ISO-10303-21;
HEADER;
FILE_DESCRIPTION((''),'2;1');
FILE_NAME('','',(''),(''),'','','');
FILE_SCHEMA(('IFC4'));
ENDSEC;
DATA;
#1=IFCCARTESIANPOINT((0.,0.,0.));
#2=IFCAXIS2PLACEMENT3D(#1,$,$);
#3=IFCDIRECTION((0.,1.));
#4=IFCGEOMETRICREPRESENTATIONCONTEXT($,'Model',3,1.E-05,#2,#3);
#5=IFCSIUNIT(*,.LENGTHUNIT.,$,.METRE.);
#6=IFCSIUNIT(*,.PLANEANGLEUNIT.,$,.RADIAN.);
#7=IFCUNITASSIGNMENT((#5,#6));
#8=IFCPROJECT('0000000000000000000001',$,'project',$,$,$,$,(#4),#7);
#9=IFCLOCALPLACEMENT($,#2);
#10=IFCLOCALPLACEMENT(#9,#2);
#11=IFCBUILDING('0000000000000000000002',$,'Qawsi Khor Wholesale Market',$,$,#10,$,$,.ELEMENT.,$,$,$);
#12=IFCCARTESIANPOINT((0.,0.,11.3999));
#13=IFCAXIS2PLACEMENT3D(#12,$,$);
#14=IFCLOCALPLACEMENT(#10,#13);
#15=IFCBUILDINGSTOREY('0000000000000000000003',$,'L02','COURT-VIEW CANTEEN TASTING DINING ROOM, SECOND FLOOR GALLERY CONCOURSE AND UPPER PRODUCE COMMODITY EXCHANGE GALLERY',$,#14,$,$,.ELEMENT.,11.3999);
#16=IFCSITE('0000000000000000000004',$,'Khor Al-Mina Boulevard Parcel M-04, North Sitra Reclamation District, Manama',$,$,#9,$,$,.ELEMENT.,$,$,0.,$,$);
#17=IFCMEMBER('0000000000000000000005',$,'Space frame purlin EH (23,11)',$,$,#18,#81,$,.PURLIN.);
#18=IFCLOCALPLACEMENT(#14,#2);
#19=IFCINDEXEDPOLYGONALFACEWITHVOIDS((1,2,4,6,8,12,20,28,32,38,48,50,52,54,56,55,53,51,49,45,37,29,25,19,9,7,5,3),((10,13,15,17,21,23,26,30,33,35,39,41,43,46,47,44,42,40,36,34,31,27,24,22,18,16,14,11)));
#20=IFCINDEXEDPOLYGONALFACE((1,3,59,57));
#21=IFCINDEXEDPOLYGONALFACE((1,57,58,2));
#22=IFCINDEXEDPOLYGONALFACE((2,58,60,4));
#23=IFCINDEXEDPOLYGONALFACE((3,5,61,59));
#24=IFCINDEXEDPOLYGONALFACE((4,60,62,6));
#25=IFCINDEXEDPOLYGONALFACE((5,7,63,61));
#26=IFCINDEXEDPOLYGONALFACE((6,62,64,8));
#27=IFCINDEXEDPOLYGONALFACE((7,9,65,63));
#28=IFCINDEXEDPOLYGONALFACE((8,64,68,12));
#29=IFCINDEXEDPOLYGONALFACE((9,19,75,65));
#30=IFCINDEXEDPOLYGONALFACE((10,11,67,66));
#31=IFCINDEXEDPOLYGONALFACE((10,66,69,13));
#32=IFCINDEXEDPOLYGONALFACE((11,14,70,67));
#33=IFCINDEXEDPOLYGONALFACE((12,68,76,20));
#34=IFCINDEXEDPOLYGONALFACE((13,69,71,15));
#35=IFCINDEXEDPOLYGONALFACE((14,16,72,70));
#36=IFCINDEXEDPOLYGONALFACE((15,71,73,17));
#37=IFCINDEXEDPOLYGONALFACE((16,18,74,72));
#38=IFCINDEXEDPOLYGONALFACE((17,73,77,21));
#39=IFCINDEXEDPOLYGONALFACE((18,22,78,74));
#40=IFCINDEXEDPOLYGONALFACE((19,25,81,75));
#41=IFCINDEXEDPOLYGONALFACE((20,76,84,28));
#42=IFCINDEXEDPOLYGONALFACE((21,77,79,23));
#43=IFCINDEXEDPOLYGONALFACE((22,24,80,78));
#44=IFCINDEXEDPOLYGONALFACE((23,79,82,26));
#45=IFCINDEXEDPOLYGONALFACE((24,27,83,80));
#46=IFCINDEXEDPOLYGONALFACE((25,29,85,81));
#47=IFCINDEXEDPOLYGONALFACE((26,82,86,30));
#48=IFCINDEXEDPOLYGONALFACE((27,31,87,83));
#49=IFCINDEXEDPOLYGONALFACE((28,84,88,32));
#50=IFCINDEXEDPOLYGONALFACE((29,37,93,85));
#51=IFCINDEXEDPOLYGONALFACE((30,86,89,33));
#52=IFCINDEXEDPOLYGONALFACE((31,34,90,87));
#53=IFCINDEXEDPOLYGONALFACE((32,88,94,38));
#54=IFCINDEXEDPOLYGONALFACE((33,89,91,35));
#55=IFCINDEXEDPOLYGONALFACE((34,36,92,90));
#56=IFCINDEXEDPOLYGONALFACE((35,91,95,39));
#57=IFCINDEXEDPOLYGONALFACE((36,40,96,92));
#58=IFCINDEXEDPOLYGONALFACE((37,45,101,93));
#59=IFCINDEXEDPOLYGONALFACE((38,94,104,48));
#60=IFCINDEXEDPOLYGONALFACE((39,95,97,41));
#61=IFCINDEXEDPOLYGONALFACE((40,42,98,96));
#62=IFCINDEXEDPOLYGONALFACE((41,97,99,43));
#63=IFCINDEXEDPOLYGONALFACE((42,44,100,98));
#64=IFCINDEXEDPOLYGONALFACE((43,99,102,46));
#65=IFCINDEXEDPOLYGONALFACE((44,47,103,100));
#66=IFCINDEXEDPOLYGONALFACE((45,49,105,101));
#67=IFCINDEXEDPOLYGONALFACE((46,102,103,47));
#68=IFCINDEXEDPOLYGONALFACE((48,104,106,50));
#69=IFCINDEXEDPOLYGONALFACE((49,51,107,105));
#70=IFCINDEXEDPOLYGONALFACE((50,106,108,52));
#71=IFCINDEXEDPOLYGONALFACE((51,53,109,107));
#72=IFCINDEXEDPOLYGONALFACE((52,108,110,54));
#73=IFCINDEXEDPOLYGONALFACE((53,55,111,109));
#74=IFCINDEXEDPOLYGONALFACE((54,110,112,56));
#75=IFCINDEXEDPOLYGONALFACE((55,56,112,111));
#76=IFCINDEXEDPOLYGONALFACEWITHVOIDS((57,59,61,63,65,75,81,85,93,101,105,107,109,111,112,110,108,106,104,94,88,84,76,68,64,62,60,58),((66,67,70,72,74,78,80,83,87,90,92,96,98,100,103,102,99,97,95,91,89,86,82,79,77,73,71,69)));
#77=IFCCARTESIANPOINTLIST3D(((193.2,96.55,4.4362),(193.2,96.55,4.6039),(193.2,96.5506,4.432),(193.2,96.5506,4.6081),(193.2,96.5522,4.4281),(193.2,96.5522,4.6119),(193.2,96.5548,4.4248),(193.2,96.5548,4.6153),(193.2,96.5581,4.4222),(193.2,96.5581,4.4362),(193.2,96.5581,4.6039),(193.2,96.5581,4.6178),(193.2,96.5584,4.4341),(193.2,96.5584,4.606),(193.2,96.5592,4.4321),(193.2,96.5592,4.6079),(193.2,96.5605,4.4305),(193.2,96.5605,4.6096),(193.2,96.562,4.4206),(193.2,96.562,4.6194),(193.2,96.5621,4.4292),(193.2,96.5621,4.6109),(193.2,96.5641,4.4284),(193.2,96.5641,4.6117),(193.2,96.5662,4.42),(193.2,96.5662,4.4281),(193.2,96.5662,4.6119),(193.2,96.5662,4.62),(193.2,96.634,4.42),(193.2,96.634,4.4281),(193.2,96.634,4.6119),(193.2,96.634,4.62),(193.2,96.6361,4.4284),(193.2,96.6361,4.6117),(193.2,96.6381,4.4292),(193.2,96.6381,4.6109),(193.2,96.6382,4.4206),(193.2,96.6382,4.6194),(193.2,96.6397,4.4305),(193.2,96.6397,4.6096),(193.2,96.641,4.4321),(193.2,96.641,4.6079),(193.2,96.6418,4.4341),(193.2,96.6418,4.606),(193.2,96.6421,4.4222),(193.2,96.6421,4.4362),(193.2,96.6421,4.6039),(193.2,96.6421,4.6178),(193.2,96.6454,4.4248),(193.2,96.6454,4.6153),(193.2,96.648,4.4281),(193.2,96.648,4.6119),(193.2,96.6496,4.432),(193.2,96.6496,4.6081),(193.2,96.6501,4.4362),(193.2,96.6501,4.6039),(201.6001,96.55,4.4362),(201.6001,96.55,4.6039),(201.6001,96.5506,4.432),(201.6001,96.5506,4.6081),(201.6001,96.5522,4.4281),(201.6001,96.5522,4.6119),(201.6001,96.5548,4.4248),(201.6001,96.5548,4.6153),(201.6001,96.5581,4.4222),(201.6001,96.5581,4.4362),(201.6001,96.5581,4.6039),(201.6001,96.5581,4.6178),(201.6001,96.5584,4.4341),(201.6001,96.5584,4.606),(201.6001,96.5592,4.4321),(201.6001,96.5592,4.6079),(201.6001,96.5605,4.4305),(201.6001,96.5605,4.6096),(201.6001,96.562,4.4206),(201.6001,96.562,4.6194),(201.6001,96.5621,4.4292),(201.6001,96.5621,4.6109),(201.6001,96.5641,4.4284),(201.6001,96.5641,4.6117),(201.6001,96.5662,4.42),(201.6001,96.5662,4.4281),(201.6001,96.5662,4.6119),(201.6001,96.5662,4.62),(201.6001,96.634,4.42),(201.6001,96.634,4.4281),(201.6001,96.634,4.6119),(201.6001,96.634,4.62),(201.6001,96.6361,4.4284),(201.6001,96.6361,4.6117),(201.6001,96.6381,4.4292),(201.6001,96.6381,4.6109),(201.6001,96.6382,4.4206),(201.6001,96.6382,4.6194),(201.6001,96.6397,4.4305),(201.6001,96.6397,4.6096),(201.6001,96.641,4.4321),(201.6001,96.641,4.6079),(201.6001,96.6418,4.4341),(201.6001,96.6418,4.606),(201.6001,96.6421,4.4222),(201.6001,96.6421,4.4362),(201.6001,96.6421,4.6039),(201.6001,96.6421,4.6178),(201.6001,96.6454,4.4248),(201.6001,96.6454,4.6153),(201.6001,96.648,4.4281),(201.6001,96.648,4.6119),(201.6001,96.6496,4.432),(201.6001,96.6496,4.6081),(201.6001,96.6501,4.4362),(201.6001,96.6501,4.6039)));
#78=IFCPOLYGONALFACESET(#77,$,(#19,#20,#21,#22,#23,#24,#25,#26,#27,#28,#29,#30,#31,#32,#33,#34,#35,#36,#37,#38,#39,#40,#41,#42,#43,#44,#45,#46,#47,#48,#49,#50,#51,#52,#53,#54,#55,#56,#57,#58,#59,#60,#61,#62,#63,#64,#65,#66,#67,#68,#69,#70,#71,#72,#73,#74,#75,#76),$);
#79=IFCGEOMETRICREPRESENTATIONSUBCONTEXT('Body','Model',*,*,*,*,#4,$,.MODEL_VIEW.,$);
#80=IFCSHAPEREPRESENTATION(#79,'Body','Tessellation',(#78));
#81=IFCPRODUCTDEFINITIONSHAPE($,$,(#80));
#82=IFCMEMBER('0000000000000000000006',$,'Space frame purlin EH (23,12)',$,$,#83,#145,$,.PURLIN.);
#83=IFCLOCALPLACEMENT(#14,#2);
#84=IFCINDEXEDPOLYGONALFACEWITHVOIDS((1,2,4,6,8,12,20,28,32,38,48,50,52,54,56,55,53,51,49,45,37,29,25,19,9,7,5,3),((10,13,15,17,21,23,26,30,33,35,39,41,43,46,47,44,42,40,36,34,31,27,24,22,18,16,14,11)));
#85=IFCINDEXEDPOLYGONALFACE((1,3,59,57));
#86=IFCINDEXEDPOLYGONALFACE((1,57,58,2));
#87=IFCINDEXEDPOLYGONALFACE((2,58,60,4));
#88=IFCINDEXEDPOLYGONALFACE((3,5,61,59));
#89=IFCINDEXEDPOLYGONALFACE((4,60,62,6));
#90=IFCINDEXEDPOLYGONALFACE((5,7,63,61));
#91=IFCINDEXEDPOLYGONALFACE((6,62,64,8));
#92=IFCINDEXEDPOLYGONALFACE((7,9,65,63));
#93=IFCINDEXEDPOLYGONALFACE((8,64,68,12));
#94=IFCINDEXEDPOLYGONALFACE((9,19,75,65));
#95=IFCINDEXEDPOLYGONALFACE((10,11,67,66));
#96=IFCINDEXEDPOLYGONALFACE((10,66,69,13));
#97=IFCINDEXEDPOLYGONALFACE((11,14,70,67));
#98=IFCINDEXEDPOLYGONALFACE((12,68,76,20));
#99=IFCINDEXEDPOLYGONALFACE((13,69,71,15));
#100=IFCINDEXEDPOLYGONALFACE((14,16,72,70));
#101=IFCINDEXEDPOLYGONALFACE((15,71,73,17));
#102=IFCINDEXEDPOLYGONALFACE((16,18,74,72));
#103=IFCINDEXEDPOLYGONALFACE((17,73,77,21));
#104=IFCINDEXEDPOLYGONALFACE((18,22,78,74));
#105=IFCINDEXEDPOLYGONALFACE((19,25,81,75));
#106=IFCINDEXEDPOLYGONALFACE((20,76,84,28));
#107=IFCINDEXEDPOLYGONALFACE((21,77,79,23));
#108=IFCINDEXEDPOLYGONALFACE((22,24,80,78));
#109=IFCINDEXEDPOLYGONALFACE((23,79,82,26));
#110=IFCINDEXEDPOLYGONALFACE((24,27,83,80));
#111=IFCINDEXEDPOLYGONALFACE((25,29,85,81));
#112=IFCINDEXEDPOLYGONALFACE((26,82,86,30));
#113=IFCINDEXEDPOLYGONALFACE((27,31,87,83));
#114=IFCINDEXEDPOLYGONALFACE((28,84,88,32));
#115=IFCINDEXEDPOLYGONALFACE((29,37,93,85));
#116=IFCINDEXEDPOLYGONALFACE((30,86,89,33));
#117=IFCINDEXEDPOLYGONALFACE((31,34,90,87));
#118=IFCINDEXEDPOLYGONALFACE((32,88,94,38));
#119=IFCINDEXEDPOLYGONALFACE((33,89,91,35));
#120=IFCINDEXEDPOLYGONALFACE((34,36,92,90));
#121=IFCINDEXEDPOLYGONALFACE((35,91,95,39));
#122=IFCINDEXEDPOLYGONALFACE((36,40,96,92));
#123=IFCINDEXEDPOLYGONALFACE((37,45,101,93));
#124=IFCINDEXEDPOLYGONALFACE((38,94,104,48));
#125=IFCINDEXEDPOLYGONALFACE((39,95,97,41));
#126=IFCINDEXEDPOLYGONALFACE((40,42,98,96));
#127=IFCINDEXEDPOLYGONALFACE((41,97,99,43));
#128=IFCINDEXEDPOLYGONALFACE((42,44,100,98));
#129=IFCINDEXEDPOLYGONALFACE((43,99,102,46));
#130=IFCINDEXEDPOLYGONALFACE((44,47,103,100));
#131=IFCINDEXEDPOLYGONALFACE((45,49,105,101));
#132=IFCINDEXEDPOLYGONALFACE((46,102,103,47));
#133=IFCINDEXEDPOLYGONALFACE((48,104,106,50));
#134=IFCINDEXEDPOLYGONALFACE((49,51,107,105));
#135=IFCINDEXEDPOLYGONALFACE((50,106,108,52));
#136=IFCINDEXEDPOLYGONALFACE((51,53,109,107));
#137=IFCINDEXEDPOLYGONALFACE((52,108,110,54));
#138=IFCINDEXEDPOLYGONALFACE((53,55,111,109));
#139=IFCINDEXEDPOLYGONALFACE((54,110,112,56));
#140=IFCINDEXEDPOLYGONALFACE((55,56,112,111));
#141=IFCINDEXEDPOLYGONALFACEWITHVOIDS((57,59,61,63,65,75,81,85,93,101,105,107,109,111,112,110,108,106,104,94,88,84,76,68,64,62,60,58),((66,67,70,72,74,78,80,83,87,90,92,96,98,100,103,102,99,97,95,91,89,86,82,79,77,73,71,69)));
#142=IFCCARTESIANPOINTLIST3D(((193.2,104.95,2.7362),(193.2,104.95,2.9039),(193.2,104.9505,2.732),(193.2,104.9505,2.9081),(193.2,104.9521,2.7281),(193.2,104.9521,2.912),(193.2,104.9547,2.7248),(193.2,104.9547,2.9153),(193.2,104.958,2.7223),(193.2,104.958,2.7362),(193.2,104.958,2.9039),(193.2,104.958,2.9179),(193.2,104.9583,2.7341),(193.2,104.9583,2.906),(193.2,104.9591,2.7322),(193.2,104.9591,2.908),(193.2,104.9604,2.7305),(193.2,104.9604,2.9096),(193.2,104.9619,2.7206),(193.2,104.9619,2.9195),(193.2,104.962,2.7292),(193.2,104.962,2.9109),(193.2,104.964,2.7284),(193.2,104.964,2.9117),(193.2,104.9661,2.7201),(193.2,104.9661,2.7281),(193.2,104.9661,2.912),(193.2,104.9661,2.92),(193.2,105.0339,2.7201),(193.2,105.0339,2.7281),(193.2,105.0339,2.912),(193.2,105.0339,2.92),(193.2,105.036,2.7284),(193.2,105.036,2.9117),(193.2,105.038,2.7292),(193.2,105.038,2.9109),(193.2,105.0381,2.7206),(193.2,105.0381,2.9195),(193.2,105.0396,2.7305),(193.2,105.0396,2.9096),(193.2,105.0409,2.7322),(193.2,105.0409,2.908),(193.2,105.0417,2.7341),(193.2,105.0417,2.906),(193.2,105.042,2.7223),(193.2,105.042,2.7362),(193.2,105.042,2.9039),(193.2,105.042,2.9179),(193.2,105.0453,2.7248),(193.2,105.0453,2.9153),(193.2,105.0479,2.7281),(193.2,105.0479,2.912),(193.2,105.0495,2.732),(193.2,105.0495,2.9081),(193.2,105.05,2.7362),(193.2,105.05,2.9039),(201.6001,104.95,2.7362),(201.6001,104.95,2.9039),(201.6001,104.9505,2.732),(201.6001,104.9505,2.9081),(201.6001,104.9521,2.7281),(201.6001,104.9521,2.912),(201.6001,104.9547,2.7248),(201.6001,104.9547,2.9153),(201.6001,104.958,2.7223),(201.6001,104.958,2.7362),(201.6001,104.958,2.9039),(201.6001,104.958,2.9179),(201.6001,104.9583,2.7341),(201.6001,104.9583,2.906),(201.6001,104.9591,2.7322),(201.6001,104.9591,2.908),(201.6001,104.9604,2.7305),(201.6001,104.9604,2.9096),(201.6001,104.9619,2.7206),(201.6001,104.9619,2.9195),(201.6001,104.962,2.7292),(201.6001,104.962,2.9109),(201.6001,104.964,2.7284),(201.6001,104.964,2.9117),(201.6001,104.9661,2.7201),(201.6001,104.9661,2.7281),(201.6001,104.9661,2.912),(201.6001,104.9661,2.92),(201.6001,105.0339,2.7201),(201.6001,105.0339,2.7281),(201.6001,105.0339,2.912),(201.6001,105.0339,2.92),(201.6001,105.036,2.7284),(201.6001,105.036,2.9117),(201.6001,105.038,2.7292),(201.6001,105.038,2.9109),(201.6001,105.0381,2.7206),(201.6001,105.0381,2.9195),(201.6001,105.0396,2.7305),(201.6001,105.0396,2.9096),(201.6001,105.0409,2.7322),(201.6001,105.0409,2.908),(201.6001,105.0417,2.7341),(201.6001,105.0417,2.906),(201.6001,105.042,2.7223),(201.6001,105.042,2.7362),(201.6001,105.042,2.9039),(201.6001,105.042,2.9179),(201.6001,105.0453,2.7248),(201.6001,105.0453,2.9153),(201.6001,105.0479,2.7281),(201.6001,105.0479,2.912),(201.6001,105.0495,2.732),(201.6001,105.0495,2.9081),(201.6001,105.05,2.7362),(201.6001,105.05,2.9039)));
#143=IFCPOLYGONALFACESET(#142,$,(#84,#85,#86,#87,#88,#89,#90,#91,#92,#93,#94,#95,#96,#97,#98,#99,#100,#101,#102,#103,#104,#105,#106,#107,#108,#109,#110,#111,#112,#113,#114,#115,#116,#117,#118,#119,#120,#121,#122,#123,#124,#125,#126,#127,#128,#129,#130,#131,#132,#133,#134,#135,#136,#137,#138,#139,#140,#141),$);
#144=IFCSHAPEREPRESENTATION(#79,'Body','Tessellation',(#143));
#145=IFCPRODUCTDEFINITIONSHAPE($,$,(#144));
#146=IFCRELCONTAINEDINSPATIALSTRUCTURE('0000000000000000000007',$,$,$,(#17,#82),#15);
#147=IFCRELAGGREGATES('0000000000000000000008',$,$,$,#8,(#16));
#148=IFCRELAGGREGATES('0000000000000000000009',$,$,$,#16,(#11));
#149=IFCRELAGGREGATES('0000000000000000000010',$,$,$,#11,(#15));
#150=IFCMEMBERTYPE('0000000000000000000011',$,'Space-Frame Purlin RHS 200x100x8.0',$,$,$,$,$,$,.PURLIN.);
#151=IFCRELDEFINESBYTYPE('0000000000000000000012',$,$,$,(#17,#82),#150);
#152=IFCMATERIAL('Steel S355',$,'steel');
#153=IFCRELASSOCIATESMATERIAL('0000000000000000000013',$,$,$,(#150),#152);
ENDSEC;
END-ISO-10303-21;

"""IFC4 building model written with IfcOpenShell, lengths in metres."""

from ifc_helpers import new_model, si_unit, direction, frame, origin, origin_2d, place, context, subcontext, project, spatial, hollow_rectangle, extrude, material, material_profile, profile_set, type_object, element, save


model = new_model("IFC4")

# Units and contexts
model_context = context("Model", 3, precision=1e-05, world=origin(), true_north=direction((0.0, 1.0)))
body_context = subcontext(model_context, "Body", "Model", "MODEL_VIEW")
ifc_project = project(units=[si_unit("LENGTHUNIT", "METRE"), si_unit("PLANEANGLEUNIT", "RADIAN")], contexts=[model_context])

# Site, building, storey
site_placement = place(None, origin())
site = spatial("IfcSite", under=ifc_project, at=site_placement, Name="Khor Al-Mina Boulevard Parcel M-04, North Sitra Reclamation District, Manama", CompositionType="ELEMENT", RefElevation=0.0)
building_placement = place(site_placement, origin())
building = spatial("IfcBuilding", under=site, at=building_placement, Name="Qawsi Khor Wholesale Market", CompositionType="ELEMENT")
storey_placement = place(building_placement, frame((0.0, 0.0, 11.3999)))
storey = spatial("IfcBuildingStorey", under=building, at=storey_placement, Name="L02", Description="COURT-VIEW CANTEEN TASTING DINING ROOM, SECOND FLOOR GALLERY CONCOURSE AND UPPER PRODUCE COMMODITY EXCHANGE GALLERY", CompositionType="ELEMENT", Elevation=11.3999)

# Members
ifc_material_1 = material(Name="Steel S355", Category="steel")
ifc_material_profile_1 = material_profile(ifc_material_1, hollow_rectangle(XDim=0.1001, YDim=0.2, WallThickness=0.0081, InnerFilletRadius=0.0081, OuterFilletRadius=0.0161, at=origin_2d()), Name="RHS 200x100x8.0")
ifc_profile_set_1 = profile_set([ifc_material_profile_1], Name="Steel S355")
member_type_1 = type_object("IfcMemberType", Name="Space-Frame Purlin RHS 200x100x8.0", PredefinedType="PURLIN", material=ifc_profile_set_1)
for number, where, z_axis, x_axis, name in (
    (1, (193.2, 96.6001, 4.52), (1.0, 0.0, 0.0), (0.0, 1.0, 0.0), "Space frame purlin EH (23,11)"),
    (2, (193.2, 105.0, 2.8201), (1.0, 0.0, 0.0), (0.0, 1.0, 0.0), "Space frame purlin EH (23,12)"),
):
    element("IfcMember", number, at=place(storey_placement, frame(where, z_axis=z_axis, x_axis=x_axis)), inside=storey, type_object=member_type_1, Name=name, PredefinedType="PURLIN", context=body_context, shape_type="SweptSolid", body=[
        extrude(hollow_rectangle(XDim=0.1001, YDim=0.2, WallThickness=0.0081, InnerFilletRadius=0.0081, OuterFilletRadius=0.0161, at=origin_2d()), origin(), (0.0, 0.0, 1.0), 8.4001),
    ])

save(model, "model.ifc")
